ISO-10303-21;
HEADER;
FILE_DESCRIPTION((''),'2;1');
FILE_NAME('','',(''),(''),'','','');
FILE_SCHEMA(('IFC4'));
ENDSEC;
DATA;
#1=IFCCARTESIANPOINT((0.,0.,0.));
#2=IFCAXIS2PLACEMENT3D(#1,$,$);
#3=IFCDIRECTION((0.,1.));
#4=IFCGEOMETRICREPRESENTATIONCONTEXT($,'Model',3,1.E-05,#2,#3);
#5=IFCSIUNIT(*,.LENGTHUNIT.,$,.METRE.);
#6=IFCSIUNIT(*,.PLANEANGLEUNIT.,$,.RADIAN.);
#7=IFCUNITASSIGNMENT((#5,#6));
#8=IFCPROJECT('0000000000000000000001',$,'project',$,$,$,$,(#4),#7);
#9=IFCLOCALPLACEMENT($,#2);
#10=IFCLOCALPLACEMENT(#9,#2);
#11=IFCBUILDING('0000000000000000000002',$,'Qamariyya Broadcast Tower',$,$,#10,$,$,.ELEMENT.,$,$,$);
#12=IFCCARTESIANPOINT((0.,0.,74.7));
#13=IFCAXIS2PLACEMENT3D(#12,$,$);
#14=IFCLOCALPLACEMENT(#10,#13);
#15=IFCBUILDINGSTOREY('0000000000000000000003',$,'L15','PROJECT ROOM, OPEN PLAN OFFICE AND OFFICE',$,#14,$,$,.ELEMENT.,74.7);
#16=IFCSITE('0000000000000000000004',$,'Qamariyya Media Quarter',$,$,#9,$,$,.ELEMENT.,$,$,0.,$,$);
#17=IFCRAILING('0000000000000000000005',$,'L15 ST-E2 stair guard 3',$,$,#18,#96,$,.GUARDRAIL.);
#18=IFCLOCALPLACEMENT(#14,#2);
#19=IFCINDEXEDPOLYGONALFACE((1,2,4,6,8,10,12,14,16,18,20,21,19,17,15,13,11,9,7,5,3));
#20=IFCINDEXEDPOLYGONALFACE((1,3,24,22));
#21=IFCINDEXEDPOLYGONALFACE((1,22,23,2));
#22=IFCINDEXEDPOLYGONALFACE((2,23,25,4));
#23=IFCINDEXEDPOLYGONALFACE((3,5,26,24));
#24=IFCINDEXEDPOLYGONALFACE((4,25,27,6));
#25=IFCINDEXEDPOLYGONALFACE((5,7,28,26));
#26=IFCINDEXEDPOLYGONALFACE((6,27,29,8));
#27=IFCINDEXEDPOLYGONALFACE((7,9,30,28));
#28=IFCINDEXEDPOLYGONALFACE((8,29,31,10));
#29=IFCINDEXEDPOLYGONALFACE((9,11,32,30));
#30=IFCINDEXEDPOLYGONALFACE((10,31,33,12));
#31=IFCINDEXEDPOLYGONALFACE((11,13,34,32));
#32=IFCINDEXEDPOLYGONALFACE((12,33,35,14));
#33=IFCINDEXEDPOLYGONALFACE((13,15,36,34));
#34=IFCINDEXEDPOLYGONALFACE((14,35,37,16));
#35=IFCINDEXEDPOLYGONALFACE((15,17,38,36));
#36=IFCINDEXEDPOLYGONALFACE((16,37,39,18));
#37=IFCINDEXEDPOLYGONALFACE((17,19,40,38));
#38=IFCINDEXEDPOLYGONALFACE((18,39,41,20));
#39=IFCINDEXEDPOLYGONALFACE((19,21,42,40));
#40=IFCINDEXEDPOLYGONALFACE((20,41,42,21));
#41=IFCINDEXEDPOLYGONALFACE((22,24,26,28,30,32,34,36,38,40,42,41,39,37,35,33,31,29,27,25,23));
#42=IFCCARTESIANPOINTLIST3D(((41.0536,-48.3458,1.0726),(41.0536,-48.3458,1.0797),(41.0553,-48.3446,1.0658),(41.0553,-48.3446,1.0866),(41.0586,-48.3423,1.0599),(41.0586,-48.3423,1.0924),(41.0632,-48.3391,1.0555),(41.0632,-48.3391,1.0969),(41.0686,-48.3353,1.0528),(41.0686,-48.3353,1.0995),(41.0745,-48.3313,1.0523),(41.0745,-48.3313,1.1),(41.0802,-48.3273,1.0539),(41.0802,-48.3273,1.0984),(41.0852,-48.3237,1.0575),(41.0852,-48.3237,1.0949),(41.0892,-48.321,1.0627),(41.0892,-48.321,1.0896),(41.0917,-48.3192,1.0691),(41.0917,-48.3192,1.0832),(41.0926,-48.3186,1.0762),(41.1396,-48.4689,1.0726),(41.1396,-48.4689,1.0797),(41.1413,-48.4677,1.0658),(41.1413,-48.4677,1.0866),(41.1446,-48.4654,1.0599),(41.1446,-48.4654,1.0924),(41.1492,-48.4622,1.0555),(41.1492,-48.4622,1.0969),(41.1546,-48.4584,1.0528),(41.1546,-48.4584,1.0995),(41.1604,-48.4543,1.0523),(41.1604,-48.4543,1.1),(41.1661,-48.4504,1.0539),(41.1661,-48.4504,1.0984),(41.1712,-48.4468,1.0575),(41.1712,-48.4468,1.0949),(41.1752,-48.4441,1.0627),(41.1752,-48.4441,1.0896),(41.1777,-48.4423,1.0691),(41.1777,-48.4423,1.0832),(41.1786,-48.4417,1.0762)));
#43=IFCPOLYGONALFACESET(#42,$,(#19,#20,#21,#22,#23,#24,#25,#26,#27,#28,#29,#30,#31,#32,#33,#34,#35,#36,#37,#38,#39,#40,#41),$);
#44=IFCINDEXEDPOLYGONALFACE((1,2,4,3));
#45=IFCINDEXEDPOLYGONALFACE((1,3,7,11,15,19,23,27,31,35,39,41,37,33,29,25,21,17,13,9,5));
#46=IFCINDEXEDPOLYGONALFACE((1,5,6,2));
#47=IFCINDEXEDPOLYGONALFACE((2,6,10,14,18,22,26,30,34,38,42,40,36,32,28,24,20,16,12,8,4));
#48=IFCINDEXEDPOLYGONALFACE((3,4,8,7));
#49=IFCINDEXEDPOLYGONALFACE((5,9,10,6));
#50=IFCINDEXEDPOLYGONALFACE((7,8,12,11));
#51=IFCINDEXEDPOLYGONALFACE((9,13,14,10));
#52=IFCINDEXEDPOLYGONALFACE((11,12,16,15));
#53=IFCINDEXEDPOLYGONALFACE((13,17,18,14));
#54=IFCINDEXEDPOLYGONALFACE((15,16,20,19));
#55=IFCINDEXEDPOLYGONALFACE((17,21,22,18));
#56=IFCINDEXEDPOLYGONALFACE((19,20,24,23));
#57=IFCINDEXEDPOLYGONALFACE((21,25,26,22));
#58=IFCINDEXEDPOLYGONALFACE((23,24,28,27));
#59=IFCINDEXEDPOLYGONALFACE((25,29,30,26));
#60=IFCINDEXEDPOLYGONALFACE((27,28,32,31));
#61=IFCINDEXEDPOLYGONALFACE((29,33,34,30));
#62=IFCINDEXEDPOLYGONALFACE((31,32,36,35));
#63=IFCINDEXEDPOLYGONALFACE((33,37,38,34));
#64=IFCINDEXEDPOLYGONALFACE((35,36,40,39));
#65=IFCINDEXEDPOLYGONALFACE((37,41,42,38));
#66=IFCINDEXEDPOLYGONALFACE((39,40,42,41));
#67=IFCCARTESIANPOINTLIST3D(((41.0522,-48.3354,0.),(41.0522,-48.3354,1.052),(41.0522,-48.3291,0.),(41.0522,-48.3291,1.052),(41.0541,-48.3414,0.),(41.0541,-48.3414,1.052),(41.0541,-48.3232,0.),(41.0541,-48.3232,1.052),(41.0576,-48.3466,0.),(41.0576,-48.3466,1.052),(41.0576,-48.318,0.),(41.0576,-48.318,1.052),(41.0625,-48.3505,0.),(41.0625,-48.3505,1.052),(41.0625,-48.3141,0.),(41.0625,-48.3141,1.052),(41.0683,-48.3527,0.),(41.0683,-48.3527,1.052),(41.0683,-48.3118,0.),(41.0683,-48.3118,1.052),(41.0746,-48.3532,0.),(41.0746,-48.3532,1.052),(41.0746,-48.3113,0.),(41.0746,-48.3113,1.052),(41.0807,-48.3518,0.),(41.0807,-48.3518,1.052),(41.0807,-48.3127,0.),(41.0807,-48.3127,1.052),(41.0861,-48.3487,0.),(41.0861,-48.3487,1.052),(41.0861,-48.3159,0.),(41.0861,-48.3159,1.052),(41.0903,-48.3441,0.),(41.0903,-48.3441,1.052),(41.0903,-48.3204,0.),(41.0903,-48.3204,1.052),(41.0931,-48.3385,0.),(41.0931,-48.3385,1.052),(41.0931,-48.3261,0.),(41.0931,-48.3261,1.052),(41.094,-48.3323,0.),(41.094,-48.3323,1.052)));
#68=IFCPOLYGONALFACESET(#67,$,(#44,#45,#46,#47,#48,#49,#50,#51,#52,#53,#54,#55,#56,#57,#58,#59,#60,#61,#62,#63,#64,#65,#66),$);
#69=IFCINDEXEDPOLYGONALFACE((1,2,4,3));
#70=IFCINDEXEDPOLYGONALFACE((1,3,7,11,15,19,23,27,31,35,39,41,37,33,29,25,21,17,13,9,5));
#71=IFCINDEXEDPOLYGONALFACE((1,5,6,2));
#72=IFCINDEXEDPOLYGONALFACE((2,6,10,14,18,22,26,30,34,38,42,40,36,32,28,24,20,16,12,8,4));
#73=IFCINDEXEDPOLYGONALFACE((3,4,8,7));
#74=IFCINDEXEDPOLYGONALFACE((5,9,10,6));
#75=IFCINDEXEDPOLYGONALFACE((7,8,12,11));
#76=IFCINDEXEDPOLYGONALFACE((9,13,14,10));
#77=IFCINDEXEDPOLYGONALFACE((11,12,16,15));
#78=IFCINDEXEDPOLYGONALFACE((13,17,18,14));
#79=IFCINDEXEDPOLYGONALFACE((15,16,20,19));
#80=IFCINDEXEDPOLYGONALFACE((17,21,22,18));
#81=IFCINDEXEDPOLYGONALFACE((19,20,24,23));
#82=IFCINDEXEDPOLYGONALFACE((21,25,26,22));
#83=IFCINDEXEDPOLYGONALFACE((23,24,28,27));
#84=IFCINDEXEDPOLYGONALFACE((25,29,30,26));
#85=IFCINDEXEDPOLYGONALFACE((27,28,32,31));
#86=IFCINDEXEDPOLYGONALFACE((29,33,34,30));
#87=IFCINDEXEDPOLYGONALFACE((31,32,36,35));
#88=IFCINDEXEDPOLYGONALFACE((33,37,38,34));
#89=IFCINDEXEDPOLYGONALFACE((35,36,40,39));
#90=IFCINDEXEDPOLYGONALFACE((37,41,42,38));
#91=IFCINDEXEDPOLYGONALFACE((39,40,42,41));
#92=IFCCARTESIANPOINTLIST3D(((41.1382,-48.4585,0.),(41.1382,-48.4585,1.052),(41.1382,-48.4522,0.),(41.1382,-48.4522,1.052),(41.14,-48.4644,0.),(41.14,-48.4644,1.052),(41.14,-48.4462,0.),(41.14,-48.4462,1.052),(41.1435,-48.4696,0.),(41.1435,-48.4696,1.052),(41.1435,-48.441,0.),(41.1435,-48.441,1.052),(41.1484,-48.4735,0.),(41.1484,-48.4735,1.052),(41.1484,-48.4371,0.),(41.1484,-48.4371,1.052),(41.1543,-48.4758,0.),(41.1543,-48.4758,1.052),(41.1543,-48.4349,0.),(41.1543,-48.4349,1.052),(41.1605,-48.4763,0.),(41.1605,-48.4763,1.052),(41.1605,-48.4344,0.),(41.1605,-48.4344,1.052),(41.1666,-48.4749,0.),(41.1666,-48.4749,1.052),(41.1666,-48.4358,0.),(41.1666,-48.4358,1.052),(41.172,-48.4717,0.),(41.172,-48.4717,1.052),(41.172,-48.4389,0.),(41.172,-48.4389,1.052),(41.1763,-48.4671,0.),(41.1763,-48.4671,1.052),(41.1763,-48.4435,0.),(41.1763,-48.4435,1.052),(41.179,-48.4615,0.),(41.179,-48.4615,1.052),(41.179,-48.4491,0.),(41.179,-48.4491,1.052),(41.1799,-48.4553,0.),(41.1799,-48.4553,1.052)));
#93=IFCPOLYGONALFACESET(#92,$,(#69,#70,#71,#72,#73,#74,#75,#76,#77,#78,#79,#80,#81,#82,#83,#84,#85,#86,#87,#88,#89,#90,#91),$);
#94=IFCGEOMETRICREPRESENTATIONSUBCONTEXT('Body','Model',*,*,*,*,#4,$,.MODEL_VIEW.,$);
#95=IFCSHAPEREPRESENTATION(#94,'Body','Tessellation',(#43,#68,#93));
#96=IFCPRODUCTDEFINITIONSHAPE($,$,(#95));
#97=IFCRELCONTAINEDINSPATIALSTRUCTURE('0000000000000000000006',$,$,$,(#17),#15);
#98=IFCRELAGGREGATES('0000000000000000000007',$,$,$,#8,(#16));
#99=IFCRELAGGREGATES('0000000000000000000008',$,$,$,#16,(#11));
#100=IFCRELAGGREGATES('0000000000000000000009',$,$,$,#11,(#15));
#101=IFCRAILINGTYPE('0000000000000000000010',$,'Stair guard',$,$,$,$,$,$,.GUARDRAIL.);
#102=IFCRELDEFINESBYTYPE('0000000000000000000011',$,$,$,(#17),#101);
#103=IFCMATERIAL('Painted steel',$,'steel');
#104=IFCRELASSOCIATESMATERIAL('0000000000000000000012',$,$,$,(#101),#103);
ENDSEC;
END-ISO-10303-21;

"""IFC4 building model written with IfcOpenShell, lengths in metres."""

from ifc_helpers import new_model, si_unit, direction, frame, origin, origin_2d, place, context, subcontext, project, spatial, circle, extrude, material, type_object, element, save


model = new_model("IFC4")

# Units and contexts
model_context = context("Model", 3, precision=1e-05, world=origin(), true_north=direction((0.0, 1.0)))
body_context = subcontext(model_context, "Body", "Model", "MODEL_VIEW")
ifc_project = project(units=[si_unit("LENGTHUNIT", "METRE"), si_unit("PLANEANGLEUNIT", "RADIAN")], contexts=[model_context])

# Site, building, storey
site_placement = place(None, origin())
site = spatial("IfcSite", under=ifc_project, at=site_placement, Name="Qamariyya Media Quarter", CompositionType="ELEMENT", RefElevation=0.0)
building_placement = place(site_placement, origin())
building = spatial("IfcBuilding", under=site, at=building_placement, Name="Qamariyya Broadcast Tower", CompositionType="ELEMENT")
storey_placement = place(building_placement, frame((0.0, 0.0, 74.7)))
storey = spatial("IfcBuildingStorey", under=building, at=storey_placement, Name="L15", Description="PROJECT ROOM, OPEN PLAN OFFICE AND OFFICE", CompositionType="ELEMENT", Elevation=74.7)

# Railing
ifc_material_1 = material(Name="Painted steel", Category="steel")
railing_type_1 = type_object("IfcRailingType", Name="Stair guard", PredefinedType="GUARDRAIL", material=ifc_material_1)
railing_1_placement = place(storey_placement, frame((41.073, -48.3323, 0.0)))
element("IfcRailing", 1, at=railing_1_placement, inside=storey, type_object=railing_type_1, Name="L15 ST-E2 stair guard 3", PredefinedType="GUARDRAIL", context=body_context, shape_type="SweptSolid", body=[
    extrude(circle(Radius=0.0239, at=origin_2d()), frame((0.0, 0.0, 1.0762), z_axis=(0.572589, -0.819843, 0.0), x_axis=(0.819843, 0.572589, 0.0)), (0.0, 0.0, 1.0), 0.1501),
    extrude(circle(Radius=0.021, at=origin_2d()), origin(), (0.0, 0.0, 1.0), 1.052),
    extrude(circle(Radius=0.021, at=origin_2d()), frame((0.0859, -0.123, 0.0)), (0.0, 0.0, 1.0), 1.052),
])

save(model, "model.ifc")
